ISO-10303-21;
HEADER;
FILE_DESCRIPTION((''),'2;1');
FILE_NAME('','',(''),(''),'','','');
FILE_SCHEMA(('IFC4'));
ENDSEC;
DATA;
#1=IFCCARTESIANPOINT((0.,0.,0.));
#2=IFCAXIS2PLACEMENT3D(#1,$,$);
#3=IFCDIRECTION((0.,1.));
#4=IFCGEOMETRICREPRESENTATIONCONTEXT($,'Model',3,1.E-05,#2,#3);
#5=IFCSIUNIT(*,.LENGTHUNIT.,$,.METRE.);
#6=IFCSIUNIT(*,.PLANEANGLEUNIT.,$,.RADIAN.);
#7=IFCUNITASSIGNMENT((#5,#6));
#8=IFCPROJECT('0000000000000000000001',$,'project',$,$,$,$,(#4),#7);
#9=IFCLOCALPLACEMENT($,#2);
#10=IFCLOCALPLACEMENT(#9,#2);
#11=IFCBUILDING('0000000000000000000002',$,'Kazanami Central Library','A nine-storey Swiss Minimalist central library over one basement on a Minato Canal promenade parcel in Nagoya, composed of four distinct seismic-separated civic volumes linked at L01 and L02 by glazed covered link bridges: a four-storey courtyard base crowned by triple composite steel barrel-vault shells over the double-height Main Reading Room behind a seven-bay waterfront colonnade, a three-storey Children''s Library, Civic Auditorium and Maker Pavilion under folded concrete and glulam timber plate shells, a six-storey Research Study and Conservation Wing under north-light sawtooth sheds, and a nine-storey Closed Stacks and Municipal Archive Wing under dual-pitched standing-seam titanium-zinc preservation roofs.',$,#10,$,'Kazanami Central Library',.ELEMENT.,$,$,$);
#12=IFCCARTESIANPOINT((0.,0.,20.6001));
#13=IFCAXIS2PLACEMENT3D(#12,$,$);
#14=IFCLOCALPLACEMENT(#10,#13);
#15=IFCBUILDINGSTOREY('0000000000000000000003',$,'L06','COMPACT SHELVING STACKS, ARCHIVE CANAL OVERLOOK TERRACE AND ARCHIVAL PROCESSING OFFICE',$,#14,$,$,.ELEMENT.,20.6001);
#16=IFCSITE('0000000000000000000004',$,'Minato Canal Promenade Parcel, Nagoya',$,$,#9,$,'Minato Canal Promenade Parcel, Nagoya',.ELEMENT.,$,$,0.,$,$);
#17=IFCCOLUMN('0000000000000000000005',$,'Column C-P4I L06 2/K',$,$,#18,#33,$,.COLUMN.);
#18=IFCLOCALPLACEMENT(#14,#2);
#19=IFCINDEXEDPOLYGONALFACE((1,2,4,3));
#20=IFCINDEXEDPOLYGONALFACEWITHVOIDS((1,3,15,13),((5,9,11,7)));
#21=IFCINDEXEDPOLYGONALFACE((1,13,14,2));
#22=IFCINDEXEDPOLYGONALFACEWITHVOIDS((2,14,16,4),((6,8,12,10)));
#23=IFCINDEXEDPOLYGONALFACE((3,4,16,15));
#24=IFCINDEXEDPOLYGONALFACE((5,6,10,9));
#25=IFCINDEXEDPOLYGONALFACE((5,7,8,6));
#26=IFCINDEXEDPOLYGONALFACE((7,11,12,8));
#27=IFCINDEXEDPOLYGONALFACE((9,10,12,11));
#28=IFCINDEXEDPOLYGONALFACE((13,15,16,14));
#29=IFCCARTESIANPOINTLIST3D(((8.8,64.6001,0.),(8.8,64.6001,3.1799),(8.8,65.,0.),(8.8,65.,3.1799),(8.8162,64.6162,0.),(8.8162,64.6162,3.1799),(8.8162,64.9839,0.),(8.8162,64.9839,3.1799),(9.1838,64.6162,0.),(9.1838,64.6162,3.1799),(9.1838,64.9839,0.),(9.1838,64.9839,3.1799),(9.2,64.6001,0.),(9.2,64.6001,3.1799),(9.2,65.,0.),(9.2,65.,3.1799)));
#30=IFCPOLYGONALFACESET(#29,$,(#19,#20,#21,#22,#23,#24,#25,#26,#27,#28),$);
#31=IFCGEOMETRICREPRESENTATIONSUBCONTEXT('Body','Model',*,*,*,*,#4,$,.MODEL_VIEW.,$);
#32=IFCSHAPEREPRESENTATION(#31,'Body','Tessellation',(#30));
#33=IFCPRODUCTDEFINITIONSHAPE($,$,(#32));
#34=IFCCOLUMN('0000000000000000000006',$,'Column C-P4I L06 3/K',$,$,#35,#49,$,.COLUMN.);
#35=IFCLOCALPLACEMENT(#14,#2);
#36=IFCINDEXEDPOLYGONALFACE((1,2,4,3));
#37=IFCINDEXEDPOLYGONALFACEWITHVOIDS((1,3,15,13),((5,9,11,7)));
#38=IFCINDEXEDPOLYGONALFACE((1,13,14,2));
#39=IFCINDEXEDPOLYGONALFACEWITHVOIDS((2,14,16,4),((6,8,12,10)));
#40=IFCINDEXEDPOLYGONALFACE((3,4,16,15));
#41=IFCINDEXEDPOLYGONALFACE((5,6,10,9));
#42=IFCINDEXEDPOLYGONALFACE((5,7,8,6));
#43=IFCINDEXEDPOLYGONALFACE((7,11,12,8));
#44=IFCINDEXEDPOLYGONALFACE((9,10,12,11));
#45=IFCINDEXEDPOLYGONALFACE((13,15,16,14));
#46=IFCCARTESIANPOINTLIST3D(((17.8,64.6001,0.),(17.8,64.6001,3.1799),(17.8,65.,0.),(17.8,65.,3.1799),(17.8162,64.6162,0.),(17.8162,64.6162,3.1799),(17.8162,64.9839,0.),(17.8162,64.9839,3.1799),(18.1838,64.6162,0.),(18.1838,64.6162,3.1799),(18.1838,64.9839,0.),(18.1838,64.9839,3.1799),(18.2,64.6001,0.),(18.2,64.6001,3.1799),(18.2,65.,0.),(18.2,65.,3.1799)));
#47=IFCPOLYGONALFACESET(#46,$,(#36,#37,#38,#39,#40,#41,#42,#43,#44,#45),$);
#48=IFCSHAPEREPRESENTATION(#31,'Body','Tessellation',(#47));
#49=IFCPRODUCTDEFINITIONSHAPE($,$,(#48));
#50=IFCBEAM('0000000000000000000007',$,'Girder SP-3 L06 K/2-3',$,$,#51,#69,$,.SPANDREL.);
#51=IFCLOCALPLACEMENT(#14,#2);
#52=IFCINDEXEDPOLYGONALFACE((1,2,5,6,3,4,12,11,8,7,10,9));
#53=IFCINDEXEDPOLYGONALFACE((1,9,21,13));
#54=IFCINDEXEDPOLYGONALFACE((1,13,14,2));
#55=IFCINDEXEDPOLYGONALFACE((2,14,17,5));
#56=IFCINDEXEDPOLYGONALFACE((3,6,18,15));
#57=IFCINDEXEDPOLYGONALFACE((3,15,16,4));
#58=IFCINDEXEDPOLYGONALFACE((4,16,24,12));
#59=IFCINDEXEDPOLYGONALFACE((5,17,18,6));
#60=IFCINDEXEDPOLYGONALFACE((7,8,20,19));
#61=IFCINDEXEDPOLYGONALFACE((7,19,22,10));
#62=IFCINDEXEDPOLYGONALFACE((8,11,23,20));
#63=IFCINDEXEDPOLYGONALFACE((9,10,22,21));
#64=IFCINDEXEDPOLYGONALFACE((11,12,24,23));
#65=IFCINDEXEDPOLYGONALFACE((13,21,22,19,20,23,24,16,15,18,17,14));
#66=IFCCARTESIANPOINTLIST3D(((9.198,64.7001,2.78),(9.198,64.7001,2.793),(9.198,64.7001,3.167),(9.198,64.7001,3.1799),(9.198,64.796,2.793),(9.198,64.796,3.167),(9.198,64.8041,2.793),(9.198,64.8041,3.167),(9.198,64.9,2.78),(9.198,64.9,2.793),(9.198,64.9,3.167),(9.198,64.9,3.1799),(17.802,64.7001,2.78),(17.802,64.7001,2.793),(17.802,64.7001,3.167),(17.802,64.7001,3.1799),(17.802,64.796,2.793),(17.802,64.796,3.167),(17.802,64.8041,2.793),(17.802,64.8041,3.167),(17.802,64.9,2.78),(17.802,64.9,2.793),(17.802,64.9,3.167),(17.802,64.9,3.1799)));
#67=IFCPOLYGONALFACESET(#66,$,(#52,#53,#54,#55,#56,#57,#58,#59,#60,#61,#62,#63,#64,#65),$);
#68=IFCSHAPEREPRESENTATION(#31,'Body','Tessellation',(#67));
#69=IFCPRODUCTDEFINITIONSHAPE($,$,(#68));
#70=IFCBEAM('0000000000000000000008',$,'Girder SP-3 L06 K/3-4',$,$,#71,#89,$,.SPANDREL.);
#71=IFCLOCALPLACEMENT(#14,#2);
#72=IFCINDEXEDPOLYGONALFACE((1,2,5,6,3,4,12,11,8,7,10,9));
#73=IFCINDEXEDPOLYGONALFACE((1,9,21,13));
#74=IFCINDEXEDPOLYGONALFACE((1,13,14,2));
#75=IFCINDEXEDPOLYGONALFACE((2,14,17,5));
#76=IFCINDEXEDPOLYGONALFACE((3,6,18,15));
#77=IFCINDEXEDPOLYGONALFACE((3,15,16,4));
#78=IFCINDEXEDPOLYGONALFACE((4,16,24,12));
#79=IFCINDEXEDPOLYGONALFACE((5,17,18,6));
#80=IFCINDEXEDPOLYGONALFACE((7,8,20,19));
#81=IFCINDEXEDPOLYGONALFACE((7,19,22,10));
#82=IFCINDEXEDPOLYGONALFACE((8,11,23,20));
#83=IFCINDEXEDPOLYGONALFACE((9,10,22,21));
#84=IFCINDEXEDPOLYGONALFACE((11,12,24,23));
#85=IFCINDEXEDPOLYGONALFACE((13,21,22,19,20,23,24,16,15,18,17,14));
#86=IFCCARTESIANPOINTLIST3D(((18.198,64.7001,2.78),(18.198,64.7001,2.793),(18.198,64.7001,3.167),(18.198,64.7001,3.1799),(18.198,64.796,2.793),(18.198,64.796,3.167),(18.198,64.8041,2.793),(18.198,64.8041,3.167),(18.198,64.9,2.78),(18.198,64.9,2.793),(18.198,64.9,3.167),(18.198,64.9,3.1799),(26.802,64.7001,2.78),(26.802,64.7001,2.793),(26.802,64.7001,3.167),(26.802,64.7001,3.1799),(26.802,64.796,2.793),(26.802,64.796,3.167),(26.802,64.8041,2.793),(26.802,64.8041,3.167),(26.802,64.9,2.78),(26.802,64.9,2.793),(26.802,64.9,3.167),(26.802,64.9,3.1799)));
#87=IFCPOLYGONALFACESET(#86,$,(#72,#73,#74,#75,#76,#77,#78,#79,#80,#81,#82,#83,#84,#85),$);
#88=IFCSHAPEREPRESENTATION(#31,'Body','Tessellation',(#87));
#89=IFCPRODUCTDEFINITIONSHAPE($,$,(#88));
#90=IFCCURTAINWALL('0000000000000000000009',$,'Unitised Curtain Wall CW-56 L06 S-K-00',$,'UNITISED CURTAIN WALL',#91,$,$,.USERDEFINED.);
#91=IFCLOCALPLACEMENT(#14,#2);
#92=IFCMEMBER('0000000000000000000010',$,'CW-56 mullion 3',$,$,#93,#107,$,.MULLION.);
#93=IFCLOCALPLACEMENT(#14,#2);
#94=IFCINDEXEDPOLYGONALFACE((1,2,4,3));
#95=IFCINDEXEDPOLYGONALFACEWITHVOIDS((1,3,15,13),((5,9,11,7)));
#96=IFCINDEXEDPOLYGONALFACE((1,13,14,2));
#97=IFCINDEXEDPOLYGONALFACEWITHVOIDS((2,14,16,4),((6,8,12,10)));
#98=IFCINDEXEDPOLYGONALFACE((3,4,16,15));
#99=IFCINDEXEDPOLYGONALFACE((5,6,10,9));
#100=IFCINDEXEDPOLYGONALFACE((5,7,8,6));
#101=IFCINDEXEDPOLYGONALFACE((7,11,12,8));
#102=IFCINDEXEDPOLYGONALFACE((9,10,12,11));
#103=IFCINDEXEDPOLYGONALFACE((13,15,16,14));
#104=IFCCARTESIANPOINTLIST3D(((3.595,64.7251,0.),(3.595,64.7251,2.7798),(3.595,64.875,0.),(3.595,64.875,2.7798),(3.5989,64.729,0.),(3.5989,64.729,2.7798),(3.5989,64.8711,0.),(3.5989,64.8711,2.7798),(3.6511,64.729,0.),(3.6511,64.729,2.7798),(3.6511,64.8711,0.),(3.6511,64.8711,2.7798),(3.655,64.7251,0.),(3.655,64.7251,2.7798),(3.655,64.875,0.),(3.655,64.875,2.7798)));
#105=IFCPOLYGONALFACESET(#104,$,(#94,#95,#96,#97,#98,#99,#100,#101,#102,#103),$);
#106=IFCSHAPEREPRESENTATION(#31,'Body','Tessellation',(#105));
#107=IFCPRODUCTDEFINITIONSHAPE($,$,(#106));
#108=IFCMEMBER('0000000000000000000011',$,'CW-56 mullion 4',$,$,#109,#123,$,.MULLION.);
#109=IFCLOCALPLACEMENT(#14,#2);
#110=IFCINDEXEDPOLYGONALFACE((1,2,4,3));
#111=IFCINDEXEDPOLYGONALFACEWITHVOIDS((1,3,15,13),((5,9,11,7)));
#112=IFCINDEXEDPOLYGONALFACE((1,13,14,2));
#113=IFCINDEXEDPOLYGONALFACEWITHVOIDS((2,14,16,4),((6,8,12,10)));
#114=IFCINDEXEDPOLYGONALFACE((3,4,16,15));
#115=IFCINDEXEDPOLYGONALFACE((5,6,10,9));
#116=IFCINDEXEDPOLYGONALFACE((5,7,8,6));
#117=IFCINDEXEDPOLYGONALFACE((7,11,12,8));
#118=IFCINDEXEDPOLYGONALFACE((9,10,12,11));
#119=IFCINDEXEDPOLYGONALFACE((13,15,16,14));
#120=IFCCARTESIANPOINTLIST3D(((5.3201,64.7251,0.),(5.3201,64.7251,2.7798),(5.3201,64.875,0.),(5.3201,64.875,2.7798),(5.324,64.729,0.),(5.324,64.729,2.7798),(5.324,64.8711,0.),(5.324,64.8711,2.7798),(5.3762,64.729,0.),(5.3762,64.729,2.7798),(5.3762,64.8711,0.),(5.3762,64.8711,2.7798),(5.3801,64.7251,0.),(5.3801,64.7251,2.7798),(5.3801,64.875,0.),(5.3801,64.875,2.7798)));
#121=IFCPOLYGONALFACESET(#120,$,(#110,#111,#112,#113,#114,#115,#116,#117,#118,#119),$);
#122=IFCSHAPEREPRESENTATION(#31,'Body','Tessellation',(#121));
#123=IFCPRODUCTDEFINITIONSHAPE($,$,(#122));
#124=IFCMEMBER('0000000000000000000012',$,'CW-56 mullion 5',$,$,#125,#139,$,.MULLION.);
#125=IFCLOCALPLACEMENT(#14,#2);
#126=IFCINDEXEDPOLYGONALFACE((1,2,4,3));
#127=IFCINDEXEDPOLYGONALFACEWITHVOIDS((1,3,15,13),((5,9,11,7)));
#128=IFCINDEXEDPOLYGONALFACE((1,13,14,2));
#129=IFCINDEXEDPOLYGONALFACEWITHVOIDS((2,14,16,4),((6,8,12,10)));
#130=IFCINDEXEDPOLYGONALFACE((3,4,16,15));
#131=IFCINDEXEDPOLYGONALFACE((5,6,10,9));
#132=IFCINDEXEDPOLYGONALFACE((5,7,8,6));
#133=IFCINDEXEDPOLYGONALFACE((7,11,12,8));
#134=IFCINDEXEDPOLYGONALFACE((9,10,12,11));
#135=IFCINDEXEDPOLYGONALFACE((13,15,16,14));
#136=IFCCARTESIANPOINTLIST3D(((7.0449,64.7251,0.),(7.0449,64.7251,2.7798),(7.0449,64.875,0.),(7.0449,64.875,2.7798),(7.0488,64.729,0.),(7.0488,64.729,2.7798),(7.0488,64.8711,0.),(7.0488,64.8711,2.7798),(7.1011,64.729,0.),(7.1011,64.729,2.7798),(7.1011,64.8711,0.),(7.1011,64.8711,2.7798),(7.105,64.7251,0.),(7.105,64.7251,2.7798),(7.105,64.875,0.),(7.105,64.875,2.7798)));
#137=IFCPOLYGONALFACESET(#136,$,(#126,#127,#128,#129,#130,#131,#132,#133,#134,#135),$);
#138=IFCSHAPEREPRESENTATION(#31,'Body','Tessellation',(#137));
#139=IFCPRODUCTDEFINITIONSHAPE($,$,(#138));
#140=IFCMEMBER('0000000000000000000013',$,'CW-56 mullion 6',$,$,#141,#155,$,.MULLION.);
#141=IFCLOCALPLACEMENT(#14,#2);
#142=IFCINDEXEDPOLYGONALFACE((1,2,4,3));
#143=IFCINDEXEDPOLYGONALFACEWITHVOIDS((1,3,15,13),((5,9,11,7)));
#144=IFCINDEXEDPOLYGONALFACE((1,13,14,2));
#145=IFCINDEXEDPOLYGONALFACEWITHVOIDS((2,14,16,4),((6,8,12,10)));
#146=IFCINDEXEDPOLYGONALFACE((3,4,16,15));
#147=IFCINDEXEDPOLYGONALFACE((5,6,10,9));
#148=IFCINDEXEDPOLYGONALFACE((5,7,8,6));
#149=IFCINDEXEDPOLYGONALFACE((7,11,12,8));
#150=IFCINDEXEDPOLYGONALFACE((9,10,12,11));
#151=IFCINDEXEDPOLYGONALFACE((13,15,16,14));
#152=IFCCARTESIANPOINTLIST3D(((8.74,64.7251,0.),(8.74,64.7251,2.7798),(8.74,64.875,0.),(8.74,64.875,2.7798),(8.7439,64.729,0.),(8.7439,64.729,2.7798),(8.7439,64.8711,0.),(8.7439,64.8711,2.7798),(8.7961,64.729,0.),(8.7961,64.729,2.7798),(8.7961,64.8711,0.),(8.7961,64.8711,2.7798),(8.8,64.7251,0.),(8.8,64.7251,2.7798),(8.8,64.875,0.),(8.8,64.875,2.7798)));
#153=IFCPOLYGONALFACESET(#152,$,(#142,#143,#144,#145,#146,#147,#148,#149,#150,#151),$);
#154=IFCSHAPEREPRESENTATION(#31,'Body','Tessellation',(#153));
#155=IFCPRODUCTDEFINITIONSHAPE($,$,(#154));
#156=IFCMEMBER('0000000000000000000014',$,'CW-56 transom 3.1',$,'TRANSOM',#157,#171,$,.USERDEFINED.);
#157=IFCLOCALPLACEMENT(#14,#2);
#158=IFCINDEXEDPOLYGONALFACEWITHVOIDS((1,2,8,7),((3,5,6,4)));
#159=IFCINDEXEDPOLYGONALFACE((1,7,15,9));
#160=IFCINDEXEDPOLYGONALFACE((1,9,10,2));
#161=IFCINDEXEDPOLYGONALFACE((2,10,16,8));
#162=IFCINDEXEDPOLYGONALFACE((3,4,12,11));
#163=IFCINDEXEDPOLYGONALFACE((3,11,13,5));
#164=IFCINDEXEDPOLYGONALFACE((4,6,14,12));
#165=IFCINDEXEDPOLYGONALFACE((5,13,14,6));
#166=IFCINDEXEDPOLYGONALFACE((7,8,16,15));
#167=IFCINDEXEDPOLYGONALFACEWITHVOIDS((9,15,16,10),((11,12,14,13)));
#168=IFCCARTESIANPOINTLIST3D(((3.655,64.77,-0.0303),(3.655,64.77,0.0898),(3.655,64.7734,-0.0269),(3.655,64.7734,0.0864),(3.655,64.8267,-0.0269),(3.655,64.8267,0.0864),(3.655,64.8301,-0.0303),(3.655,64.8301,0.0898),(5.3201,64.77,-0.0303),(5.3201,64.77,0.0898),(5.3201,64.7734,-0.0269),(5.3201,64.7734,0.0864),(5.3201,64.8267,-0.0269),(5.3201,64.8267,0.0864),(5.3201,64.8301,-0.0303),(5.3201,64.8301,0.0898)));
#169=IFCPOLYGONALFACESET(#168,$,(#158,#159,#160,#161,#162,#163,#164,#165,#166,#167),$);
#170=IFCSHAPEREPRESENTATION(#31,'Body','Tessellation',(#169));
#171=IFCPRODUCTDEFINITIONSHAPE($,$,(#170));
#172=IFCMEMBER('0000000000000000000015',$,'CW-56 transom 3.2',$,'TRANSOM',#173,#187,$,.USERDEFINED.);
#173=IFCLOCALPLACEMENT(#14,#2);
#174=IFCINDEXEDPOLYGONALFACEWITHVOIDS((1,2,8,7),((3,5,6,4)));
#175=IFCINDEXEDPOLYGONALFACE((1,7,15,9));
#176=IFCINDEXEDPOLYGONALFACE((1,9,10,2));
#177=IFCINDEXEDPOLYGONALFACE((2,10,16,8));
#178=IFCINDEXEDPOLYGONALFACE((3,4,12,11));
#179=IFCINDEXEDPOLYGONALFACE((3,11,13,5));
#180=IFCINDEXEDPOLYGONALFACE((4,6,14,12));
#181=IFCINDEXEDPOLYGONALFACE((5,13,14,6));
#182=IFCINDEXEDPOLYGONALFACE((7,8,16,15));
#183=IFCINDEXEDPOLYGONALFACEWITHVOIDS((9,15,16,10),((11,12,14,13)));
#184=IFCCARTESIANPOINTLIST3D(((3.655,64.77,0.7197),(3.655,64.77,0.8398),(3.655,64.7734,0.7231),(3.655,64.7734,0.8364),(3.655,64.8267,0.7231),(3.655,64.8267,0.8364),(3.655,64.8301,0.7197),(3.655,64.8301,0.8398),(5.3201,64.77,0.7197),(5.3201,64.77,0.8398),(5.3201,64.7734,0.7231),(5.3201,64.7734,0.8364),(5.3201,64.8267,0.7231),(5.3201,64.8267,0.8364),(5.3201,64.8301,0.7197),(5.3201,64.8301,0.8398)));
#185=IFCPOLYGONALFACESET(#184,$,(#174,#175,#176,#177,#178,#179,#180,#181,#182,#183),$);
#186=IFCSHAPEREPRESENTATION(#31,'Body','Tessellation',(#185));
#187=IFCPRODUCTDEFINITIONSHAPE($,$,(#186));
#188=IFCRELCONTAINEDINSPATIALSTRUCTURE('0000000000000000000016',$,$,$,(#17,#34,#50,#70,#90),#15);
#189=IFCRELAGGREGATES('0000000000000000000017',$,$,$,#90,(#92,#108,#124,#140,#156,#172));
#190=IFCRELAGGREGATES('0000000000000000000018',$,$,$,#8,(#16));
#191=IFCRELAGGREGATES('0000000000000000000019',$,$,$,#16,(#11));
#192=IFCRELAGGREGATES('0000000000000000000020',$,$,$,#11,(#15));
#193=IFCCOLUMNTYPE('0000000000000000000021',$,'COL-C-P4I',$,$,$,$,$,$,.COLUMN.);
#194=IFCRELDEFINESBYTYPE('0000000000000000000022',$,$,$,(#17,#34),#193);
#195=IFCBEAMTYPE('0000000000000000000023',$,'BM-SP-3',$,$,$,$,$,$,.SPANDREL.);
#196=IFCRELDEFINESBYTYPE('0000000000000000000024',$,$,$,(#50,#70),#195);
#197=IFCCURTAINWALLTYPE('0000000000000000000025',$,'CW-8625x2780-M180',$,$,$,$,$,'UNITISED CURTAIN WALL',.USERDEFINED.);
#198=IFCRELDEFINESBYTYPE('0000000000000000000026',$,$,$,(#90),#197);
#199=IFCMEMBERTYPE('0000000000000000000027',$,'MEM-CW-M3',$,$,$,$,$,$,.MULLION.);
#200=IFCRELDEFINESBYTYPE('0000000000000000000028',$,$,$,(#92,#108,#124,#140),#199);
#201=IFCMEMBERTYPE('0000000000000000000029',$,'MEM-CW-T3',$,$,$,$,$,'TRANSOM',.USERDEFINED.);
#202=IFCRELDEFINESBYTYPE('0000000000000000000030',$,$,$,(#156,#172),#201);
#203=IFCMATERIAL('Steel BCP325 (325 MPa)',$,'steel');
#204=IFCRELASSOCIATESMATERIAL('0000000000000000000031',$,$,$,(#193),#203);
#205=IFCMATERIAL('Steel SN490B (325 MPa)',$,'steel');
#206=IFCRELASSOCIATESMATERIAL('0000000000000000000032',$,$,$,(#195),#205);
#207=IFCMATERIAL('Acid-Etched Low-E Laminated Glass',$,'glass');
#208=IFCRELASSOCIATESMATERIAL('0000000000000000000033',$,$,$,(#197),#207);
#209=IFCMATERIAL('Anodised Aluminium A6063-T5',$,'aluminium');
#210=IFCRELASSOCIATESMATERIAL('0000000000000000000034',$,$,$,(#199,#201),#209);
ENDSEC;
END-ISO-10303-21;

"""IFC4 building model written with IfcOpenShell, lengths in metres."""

from ifc_helpers import new_model, si_unit, direction, frame, origin, origin_2d, place, context, subcontext, project, spatial, hollow_rectangle, i_section, extrude, material, material_profile, profile_set, type_object, element, aggregate, save


model = new_model("IFC4")

# Units and contexts
model_context = context("Model", 3, precision=1e-05, world=origin(), true_north=direction((0.0, 1.0)))
body_context = subcontext(model_context, "Body", "Model", "MODEL_VIEW")
ifc_project = project(units=[si_unit("LENGTHUNIT", "METRE"), si_unit("PLANEANGLEUNIT", "RADIAN")], contexts=[model_context])

# Site, building, storey
site_placement = place(None, origin())
site = spatial("IfcSite", under=ifc_project, at=site_placement, Name="Minato Canal Promenade Parcel, Nagoya", LongName="Minato Canal Promenade Parcel, Nagoya", CompositionType="ELEMENT", RefElevation=0.0)
building_placement = place(site_placement, origin())
building = spatial("IfcBuilding", under=site, at=building_placement, Name="Kazanami Central Library", Description="A nine-storey Swiss Minimalist central library over one basement on a Minato Canal promenade parcel in Nagoya, composed of four distinct seismic-separated civic volumes linked at L01 and L02 by glazed covered link bridges: a four-storey courtyard base crowned by triple composite steel barrel-vault shells over the double-height Main Reading Room behind a seven-bay waterfront colonnade, a three-storey Children's Library, Civic Auditorium and Maker Pavilion under folded concrete and glulam timber plate shells, a six-storey Research Study and Conservation Wing under north-light sawtooth sheds, and a nine-storey Closed Stacks and Municipal Archive Wing under dual-pitched standing-seam titanium-zinc preservation roofs.", LongName="Kazanami Central Library", CompositionType="ELEMENT")
storey_placement = place(building_placement, frame((0.0, 0.0, 20.6001)))
storey = spatial("IfcBuildingStorey", under=building, at=storey_placement, Name="L06", Description="COMPACT SHELVING STACKS, ARCHIVE CANAL OVERLOOK TERRACE AND ARCHIVAL PROCESSING OFFICE", CompositionType="ELEMENT", Elevation=20.6001)

# Columns
ifc_material_1 = material(Name="Steel BCP325 (325 MPa)", Category="steel")
ifc_material_profile_1 = material_profile(ifc_material_1, hollow_rectangle(XDim=0.3999, YDim=0.3999, WallThickness=0.0161, at=origin_2d()), Name="BCP-400x400x16")
ifc_profile_set_1 = profile_set([ifc_material_profile_1], Name="Steel BCP325 (325 MPa)")
column_type = type_object("IfcColumnType", Name="COL-C-P4I", PredefinedType="COLUMN", material=ifc_profile_set_1)
for number, where, z_axis, x_axis, name in (
    (1, (9.0, 64.8, 0.0), (0.0, 0.0, 1.0), (1.0, 0.0, 0.0), "Column C-P4I L06 2/K"),
    (2, (18.0, 64.8, 0.0), (0.0, 0.0, 1.0), (1.0, 0.0, 0.0), "Column C-P4I L06 3/K"),
):
    element("IfcColumn", number, at=place(storey_placement, frame(where, z_axis=z_axis, x_axis=x_axis)), inside=storey, type_object=column_type, Name=name, PredefinedType="COLUMN", context=body_context, shape_type="SweptSolid", body=[
        extrude(hollow_rectangle(XDim=0.3999, YDim=0.3999, WallThickness=0.0161, at=origin_2d()), origin(), (0.0, 0.0, 1.0), 3.1799),
    ])

# Beams
ifc_material_2 = material(Name="Steel SN490B (325 MPa)", Category="steel")
ifc_material_profile_2 = material_profile(ifc_material_2, i_section(OverallWidth=0.2, OverallDepth=0.3999, WebThickness=0.0081, FlangeThickness=0.0129, at=origin_2d()), Name="H-400x200x8x13")
ifc_profile_set_2 = profile_set([ifc_material_profile_2], Name="Steel SN490B (325 MPa)")
beam_type = type_object("IfcBeamType", Name="BM-SP-3", PredefinedType="SPANDREL", material=ifc_profile_set_2)
for number, where, z_axis, x_axis, name in (
    (3, (9.198, 64.8, 2.98), (1.0, 0.0, 0.0), (0.0, 1.0, 0.0), "Girder SP-3 L06 K/2-3"),
    (4, (18.198, 64.8, 2.98), (1.0, 0.0, 0.0), (0.0, 1.0, 0.0), "Girder SP-3 L06 K/3-4"),
):
    element("IfcBeam", number, at=place(storey_placement, frame(where, z_axis=z_axis, x_axis=x_axis)), inside=storey, type_object=beam_type, Name=name, PredefinedType="SPANDREL", context=body_context, shape_type="SweptSolid", body=[
        extrude(i_section(OverallWidth=0.2, OverallDepth=0.3999, WebThickness=0.0081, FlangeThickness=0.0129, at=origin_2d()), origin(), (0.0, 0.0, 1.0), 8.604),
    ])

# Curtain wall, members
ifc_material_3 = material(Name="Acid-Etched Low-E Laminated Glass", Category="glass")
curtain_wall_type = type_object("IfcCurtainWallType", Name="CW-8625x2780-M180", ElementType="UNITISED CURTAIN WALL", PredefinedType="USERDEFINED", material=ifc_material_3)
curtain_wall_placement = place(storey_placement, origin())
curtain_wall = element("IfcCurtainWall", 5, at=curtain_wall_placement, inside=storey, type_object=curtain_wall_type, Name="Unitised Curtain Wall CW-56 L06 S-K-00", ObjectType="UNITISED CURTAIN WALL", PredefinedType="USERDEFINED")
ifc_material_4 = material(Name="Anodised Aluminium A6063-T5", Category="aluminium")
ifc_material_profile_3 = material_profile(ifc_material_4, hollow_rectangle(XDim=0.0601, YDim=0.1499, WallThickness=0.0039, at=origin_2d()), Name="ALU-MULL-60x150x4")
ifc_profile_set_3 = profile_set([ifc_material_profile_3], Name="Anodised Aluminium A6063-T5")
member_type_1 = type_object("IfcMemberType", Name="MEM-CW-M3", PredefinedType="MULLION", material=ifc_profile_set_3)
member_1_placement = place(storey_placement, frame((3.625, 64.8, 0.0), z_axis=(0.0, 0.0, 1.0), x_axis=(1.0, 0.0, 0.0)))
member_1 = element("IfcMember", 6, at=member_1_placement, type_object=member_type_1, Name="CW-56 mullion 3", PredefinedType="MULLION", context=body_context, shape_type="SweptSolid", body=[
    extrude(hollow_rectangle(XDim=0.0601, YDim=0.1499, WallThickness=0.0039, at=origin_2d()), origin(), (0.0, 0.0, 1.0), 2.7798),
])
member_2_placement = place(storey_placement, frame((5.3501, 64.8, 0.0), z_axis=(0.0, 0.0, 1.0), x_axis=(1.0, 0.0, 0.0)))
member_2 = element("IfcMember", 7, at=member_2_placement, type_object=member_type_1, Name="CW-56 mullion 4", PredefinedType="MULLION", context=body_context, shape_type="SweptSolid", body=[
    extrude(hollow_rectangle(XDim=0.0601, YDim=0.1499, WallThickness=0.0039, at=origin_2d()), origin(), (0.0, 0.0, 1.0), 2.7798),
])
member_3_placement = place(storey_placement, frame((7.075, 64.8, 0.0), z_axis=(0.0, 0.0, 1.0), x_axis=(1.0, 0.0, 0.0)))
member_3 = element("IfcMember", 8, at=member_3_placement, type_object=member_type_1, Name="CW-56 mullion 5", PredefinedType="MULLION", context=body_context, shape_type="SweptSolid", body=[
    extrude(hollow_rectangle(XDim=0.0601, YDim=0.1499, WallThickness=0.0039, at=origin_2d()), origin(), (0.0, 0.0, 1.0), 2.7798),
])
member_4_placement = place(storey_placement, frame((8.77, 64.8, 0.0), z_axis=(0.0, 0.0, 1.0), x_axis=(1.0, 0.0, 0.0)))
member_4 = element("IfcMember", 9, at=member_4_placement, type_object=member_type_1, Name="CW-56 mullion 6", PredefinedType="MULLION", context=body_context, shape_type="SweptSolid", body=[
    extrude(hollow_rectangle(XDim=0.0601, YDim=0.1499, WallThickness=0.0039, at=origin_2d()), origin(), (0.0, 0.0, 1.0), 2.7798),
])
ifc_material_profile_4 = material_profile(ifc_material_4, hollow_rectangle(XDim=0.0601, YDim=0.1201, WallThickness=0.0034, at=origin_2d()), Name="ALU-TRAN-60x120x3.5")
ifc_profile_set_4 = profile_set([ifc_material_profile_4], Name="Anodised Aluminium A6063-T5")
member_type_2 = type_object("IfcMemberType", Name="MEM-CW-T3", ElementType="TRANSOM", PredefinedType="USERDEFINED", material=ifc_profile_set_4)
member_5_placement = place(storey_placement, frame((3.655, 64.8, 0.0298), z_axis=(1.0, 0.0, 0.0), x_axis=(0.0, 1.0, 0.0)))
member_5 = element("IfcMember", 10, at=member_5_placement, type_object=member_type_2, Name="CW-56 transom 3.1", ObjectType="TRANSOM", PredefinedType="USERDEFINED", context=body_context, shape_type="SweptSolid", body=[
    extrude(hollow_rectangle(XDim=0.0601, YDim=0.1201, WallThickness=0.0034, at=origin_2d()), origin(), (0.0, 0.0, 1.0), 1.665),
])
member_6_placement = place(storey_placement, frame((3.655, 64.8, 0.7798), z_axis=(1.0, 0.0, 0.0), x_axis=(0.0, 1.0, 0.0)))
member_6 = element("IfcMember", 11, at=member_6_placement, type_object=member_type_2, Name="CW-56 transom 3.2", ObjectType="TRANSOM", PredefinedType="USERDEFINED", context=body_context, shape_type="SweptSolid", body=[
    extrude(hollow_rectangle(XDim=0.0601, YDim=0.1201, WallThickness=0.0034, at=origin_2d()), origin(), (0.0, 0.0, 1.0), 1.665),
])
aggregate(curtain_wall, [member_1, member_2, member_3, member_4, member_5, member_6])

save(model, "model.ifc")
